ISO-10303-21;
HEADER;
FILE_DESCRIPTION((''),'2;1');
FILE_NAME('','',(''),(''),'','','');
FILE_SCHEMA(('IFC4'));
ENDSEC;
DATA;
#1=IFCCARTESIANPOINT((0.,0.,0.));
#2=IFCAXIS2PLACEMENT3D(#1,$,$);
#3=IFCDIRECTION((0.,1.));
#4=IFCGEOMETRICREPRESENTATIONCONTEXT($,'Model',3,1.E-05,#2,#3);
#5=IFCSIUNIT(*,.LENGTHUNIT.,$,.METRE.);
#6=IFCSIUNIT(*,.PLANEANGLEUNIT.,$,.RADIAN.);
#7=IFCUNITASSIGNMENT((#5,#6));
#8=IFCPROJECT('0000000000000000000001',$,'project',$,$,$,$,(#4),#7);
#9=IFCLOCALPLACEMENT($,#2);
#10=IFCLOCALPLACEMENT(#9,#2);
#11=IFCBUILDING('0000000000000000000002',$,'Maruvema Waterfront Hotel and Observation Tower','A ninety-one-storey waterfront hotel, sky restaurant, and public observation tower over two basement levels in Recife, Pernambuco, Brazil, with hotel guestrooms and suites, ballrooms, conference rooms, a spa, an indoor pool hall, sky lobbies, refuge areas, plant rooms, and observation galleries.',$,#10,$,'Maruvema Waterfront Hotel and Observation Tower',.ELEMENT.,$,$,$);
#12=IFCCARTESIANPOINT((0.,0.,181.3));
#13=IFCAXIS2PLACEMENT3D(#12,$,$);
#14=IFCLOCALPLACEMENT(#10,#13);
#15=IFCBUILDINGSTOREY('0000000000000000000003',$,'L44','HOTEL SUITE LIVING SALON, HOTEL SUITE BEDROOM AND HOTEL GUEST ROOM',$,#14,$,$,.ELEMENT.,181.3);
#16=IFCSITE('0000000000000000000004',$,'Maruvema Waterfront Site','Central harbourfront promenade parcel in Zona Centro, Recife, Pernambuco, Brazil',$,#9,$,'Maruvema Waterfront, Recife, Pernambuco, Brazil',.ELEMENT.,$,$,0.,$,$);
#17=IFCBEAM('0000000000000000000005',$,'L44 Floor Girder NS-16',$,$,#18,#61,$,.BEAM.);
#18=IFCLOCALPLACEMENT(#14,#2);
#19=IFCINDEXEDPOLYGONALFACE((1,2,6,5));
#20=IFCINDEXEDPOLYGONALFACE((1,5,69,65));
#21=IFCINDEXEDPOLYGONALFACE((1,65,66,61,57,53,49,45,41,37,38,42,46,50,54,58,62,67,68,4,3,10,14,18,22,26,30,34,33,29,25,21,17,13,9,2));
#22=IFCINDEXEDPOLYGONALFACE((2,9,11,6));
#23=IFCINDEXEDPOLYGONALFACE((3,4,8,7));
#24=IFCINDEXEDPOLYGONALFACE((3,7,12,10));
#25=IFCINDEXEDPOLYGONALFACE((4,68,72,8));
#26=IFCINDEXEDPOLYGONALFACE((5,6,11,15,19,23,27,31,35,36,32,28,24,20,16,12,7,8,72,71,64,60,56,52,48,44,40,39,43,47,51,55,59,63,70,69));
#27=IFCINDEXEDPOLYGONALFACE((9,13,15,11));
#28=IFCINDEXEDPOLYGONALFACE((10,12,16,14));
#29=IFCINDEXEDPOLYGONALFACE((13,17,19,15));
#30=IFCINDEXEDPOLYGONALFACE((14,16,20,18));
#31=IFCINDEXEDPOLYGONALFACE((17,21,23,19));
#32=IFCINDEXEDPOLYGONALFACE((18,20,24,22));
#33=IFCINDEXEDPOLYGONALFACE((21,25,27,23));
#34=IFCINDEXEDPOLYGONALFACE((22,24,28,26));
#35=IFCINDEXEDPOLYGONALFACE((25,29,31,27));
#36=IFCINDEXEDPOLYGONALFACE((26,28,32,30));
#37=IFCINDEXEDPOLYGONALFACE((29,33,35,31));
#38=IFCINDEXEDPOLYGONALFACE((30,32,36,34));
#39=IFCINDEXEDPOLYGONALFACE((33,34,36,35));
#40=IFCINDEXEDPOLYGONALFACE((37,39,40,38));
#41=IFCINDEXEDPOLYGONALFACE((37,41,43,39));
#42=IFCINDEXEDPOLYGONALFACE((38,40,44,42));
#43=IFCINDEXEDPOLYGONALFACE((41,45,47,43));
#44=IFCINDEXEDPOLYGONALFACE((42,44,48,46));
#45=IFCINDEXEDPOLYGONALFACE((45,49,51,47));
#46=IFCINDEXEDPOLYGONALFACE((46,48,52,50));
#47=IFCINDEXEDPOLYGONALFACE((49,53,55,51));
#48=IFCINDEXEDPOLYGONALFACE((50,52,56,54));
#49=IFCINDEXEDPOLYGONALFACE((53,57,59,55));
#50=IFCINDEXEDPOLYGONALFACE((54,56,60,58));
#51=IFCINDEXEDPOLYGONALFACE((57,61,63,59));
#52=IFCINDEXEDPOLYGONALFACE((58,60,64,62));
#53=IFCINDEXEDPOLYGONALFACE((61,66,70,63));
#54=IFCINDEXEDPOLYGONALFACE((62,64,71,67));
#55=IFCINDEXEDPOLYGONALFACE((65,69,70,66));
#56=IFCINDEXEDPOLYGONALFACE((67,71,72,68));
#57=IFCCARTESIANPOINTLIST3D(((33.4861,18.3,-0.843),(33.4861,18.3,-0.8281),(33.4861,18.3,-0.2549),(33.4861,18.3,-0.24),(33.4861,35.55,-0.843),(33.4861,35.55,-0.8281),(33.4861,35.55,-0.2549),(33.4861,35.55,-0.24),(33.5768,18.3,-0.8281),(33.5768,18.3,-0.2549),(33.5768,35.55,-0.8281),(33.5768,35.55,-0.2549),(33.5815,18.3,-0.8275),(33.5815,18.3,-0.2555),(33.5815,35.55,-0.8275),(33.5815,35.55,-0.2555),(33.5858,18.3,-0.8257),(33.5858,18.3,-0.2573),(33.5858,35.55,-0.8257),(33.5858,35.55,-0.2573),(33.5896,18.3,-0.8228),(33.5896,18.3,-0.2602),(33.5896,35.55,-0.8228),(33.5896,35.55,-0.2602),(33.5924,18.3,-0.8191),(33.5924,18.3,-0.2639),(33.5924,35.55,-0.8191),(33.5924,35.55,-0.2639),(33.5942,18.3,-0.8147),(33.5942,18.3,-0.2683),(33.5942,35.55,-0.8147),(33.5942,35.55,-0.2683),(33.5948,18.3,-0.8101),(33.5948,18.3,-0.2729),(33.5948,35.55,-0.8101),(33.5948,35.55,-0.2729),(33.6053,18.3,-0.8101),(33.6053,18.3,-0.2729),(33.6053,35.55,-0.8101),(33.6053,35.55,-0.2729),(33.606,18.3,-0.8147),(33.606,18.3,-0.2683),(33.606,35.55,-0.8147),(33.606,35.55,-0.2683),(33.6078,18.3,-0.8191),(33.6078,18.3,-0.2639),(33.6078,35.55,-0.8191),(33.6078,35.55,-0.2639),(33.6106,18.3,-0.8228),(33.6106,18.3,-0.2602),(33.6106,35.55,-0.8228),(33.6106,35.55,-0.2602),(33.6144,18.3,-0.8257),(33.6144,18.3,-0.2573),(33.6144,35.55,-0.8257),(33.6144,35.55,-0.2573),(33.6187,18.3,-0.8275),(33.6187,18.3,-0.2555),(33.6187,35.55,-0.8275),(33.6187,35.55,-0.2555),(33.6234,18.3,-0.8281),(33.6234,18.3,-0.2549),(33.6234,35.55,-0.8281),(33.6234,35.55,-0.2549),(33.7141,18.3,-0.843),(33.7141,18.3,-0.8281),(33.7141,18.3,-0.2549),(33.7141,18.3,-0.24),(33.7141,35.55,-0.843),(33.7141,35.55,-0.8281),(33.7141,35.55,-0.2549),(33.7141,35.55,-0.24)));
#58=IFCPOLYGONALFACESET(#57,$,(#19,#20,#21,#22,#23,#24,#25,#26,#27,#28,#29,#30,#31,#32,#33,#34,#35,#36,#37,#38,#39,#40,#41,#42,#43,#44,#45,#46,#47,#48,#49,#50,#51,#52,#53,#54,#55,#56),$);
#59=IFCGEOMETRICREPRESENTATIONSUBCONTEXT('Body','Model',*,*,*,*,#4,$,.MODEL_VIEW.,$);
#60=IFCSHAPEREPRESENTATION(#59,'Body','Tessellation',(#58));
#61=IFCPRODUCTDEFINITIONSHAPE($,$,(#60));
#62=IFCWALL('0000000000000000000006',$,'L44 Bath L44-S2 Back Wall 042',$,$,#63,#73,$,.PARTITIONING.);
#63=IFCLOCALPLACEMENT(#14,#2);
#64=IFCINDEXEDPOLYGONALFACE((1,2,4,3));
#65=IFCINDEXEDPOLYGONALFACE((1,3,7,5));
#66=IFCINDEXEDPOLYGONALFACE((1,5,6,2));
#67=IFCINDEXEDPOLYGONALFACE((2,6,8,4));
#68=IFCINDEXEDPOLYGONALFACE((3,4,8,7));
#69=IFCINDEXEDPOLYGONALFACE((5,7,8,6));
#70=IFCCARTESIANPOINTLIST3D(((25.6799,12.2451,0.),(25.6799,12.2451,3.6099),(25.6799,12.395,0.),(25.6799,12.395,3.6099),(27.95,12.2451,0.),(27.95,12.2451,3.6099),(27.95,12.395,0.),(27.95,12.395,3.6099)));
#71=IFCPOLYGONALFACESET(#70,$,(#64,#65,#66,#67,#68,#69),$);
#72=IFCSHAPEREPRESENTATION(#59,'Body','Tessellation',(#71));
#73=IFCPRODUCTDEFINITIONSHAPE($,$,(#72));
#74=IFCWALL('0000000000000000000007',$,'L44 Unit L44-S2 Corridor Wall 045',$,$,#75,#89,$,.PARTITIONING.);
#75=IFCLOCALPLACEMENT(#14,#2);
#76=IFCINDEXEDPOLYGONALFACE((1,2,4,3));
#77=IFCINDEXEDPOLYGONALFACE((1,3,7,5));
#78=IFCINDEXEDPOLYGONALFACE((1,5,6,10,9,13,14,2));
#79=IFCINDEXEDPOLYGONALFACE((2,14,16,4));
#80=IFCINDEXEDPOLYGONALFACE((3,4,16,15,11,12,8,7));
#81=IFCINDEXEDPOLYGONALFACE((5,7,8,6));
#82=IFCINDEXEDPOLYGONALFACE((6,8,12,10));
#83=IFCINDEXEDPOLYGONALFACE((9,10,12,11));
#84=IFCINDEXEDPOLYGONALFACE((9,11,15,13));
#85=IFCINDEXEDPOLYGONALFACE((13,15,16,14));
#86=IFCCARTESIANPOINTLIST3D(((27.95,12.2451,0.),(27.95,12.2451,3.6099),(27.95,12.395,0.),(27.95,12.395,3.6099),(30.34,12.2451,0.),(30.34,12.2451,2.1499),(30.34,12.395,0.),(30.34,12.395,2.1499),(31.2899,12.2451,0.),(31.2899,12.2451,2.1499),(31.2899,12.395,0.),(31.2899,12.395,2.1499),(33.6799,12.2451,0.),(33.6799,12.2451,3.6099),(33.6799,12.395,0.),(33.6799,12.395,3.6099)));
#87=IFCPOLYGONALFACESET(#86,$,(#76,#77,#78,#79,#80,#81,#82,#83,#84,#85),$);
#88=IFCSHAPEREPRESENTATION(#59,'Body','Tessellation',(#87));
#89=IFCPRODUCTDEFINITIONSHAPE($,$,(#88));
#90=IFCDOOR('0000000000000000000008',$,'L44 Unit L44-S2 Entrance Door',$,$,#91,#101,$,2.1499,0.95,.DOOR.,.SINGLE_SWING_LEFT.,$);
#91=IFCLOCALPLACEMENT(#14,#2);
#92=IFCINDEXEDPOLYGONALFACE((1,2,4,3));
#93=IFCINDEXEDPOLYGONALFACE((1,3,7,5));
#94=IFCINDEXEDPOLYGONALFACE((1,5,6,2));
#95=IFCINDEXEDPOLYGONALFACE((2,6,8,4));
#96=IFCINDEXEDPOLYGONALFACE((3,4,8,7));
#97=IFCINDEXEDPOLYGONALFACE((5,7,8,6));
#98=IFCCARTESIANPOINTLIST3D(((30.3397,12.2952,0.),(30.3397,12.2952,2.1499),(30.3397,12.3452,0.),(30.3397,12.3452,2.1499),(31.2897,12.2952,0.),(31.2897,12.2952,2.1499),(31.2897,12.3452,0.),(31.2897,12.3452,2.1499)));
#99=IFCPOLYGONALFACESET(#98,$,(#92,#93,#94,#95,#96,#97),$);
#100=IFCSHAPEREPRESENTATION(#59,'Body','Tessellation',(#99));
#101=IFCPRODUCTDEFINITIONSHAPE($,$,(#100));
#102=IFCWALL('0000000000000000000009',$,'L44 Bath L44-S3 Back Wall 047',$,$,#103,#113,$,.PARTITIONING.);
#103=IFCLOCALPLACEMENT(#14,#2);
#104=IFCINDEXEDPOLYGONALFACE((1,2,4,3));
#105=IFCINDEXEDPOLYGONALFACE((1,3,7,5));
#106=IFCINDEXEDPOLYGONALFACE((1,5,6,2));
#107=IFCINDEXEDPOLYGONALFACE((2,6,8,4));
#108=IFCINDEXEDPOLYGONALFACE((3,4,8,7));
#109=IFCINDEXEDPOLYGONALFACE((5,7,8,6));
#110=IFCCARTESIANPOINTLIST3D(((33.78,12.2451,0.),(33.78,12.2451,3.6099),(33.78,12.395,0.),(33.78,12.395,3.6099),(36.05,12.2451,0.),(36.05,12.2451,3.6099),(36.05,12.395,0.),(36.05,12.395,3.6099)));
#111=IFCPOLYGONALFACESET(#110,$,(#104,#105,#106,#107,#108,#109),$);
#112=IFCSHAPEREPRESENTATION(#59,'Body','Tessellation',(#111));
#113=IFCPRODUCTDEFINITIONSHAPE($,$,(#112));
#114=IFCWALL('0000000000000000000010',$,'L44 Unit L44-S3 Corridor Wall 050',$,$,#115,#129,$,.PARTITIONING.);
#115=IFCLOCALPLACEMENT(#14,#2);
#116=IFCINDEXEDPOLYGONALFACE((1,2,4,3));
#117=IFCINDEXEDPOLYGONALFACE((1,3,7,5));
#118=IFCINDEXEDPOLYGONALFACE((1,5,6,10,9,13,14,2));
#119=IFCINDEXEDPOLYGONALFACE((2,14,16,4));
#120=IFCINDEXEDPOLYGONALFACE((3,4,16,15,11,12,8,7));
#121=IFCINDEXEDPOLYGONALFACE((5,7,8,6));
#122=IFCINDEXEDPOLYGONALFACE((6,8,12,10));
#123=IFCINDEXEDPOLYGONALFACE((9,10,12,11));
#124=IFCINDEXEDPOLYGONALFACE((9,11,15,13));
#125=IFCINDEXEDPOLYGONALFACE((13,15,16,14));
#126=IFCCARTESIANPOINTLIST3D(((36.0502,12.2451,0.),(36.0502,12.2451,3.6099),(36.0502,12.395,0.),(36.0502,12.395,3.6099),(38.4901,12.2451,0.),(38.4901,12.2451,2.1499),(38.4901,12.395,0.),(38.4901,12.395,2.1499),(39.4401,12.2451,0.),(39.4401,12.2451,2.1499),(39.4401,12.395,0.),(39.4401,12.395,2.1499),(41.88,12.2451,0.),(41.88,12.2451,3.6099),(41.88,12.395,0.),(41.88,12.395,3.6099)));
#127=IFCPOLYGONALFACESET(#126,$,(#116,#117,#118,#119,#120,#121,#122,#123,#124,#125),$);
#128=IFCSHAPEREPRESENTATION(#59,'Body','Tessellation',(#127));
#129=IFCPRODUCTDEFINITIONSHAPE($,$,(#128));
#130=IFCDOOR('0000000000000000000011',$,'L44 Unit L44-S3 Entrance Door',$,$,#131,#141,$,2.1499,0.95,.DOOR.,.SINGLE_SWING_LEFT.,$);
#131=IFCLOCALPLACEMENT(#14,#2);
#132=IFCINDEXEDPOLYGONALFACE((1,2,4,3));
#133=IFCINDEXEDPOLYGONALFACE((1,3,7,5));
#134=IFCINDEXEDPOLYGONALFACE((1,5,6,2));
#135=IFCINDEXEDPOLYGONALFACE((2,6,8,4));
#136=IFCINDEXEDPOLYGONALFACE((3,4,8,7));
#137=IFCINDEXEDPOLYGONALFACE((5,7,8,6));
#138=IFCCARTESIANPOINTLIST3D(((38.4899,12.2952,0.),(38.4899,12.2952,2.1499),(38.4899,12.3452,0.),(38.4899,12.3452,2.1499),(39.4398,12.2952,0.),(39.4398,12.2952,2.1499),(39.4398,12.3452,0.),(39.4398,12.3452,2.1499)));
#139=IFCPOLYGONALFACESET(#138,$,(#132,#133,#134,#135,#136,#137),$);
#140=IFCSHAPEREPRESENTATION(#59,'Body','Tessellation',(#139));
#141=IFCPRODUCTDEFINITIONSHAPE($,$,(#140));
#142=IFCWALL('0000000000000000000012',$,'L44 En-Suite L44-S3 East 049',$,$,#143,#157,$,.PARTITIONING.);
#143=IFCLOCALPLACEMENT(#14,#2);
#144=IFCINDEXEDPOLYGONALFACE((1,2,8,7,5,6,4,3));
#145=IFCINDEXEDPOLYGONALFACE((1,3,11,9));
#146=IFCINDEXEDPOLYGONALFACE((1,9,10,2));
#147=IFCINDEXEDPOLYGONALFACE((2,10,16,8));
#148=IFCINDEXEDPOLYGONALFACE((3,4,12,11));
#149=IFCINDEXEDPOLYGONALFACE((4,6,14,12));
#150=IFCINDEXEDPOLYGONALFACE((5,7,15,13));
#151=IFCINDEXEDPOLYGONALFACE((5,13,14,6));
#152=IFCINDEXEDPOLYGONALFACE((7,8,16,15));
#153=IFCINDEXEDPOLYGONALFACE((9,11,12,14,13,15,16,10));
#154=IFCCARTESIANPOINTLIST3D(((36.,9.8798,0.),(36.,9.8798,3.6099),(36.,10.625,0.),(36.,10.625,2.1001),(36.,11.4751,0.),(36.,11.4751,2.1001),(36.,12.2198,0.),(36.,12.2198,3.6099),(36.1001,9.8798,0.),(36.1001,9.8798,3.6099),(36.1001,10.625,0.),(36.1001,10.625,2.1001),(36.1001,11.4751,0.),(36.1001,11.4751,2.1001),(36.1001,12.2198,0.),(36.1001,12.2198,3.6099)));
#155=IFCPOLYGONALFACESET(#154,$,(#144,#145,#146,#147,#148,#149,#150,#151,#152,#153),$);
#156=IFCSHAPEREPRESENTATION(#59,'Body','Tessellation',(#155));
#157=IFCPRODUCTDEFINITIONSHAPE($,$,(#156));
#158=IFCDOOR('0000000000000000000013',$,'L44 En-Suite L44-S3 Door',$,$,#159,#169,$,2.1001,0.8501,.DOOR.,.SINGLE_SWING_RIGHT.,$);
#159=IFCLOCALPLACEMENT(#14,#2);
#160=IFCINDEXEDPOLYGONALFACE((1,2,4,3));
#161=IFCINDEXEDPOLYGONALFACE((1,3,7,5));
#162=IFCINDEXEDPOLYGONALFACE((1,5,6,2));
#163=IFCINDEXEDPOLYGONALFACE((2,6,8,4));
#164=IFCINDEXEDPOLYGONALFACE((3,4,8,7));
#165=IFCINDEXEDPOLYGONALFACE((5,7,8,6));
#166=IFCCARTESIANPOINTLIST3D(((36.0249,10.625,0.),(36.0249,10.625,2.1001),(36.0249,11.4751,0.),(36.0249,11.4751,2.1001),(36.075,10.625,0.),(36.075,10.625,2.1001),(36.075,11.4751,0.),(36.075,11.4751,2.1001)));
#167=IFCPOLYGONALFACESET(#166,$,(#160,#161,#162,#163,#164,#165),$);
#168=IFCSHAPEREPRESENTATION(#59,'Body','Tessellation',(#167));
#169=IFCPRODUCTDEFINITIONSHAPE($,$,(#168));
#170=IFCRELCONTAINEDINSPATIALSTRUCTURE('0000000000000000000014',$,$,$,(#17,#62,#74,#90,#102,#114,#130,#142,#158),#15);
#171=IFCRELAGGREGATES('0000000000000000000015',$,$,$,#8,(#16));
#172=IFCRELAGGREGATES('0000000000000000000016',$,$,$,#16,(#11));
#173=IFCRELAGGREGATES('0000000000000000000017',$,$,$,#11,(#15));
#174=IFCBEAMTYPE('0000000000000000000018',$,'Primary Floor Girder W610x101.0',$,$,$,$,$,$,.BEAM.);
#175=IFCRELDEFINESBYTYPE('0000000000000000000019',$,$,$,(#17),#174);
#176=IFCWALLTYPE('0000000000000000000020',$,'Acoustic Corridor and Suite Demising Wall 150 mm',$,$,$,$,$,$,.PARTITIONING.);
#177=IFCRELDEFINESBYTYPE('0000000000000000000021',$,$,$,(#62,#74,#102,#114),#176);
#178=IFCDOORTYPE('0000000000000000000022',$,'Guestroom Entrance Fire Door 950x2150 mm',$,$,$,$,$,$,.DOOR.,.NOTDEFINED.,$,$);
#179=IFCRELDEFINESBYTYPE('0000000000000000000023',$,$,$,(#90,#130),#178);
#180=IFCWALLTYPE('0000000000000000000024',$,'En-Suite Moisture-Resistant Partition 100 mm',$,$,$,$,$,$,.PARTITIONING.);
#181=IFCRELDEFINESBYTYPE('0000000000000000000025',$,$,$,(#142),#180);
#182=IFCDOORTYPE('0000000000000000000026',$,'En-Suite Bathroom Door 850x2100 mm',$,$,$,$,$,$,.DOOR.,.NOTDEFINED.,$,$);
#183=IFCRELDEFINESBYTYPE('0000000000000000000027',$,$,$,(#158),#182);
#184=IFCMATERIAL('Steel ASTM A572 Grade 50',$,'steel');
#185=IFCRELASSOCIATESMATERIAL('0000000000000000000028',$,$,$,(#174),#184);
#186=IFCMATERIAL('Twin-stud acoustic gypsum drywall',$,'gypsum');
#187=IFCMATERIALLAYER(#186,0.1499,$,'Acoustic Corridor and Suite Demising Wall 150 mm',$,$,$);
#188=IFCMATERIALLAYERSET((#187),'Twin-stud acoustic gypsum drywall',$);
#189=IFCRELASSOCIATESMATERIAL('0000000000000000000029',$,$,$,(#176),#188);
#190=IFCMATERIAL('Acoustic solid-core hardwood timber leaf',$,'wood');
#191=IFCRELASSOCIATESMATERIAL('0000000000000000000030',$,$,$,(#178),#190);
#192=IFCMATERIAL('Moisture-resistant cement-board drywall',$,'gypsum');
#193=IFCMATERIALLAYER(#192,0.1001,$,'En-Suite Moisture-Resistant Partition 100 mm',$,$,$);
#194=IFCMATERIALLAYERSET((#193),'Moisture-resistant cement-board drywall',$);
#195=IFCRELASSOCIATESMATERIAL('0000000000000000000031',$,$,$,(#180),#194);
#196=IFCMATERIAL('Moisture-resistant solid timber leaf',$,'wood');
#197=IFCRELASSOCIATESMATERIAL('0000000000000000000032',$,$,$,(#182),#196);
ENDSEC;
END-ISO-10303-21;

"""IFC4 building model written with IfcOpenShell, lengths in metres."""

from ifc_helpers import new_model, si_unit, direction, frame, frame_2d, origin, origin_2d, place, context, subcontext, project, spatial, rectangle, i_section, extrude, material, layer, layer_set, material_profile, profile_set, type_object, element, fill, save


model = new_model("IFC4")

# Units and contexts
model_context = context("Model", 3, precision=1e-05, world=origin(), true_north=direction((0.0, 1.0)))
body_context = subcontext(model_context, "Body", "Model", "MODEL_VIEW")
ifc_project = project(units=[si_unit("LENGTHUNIT", "METRE"), si_unit("PLANEANGLEUNIT", "RADIAN")], contexts=[model_context])

# Site, building, storey
site_placement = place(None, origin())
site = spatial("IfcSite", under=ifc_project, at=site_placement, Name="Maruvema Waterfront Site", Description="Central harbourfront promenade parcel in Zona Centro, Recife, Pernambuco, Brazil", LongName="Maruvema Waterfront, Recife, Pernambuco, Brazil", CompositionType="ELEMENT", RefElevation=0.0)
building_placement = place(site_placement, origin())
building = spatial("IfcBuilding", under=site, at=building_placement, Name="Maruvema Waterfront Hotel and Observation Tower", Description="A ninety-one-storey waterfront hotel, sky restaurant, and public observation tower over two basement levels in Recife, Pernambuco, Brazil, with hotel guestrooms and suites, ballrooms, conference rooms, a spa, an indoor pool hall, sky lobbies, refuge areas, plant rooms, and observation galleries.", LongName="Maruvema Waterfront Hotel and Observation Tower", CompositionType="ELEMENT")
storey_placement = place(building_placement, frame((0.0, 0.0, 181.3)))
storey = spatial("IfcBuildingStorey", under=building, at=storey_placement, Name="L44", Description="HOTEL SUITE LIVING SALON, HOTEL SUITE BEDROOM AND HOTEL GUEST ROOM", CompositionType="ELEMENT", Elevation=181.3)

# Beam
ifc_material_1 = material(Name="Steel ASTM A572 Grade 50", Category="steel")
ifc_material_profile_1 = material_profile(ifc_material_1, i_section(OverallWidth=0.228, OverallDepth=0.603, WebThickness=0.0105, FlangeThickness=0.0149, FilletRadius=0.0181, at=origin_2d()), Name="W610x101.0")
ifc_profile_set_1 = profile_set([ifc_material_profile_1], Name="Steel ASTM A572 Grade 50")
beam_type = type_object("IfcBeamType", Name="Primary Floor Girder W610x101.0", PredefinedType="BEAM", material=ifc_profile_set_1)
beam_1_placement = place(storey_placement, frame((33.6001, 18.3, -0.5415), z_axis=(0.0, 1.0, 0.0), x_axis=(-1.0, 0.0, 0.0)))
element("IfcBeam", 1, at=beam_1_placement, inside=storey, type_object=beam_type, Name="L44 Floor Girder NS-16", PredefinedType="BEAM", context=body_context, shape_type="SweptSolid", body=[
    extrude(i_section(OverallWidth=0.228, OverallDepth=0.603, WebThickness=0.0105, FlangeThickness=0.0149, FilletRadius=0.0181, at=origin_2d()), origin(), (0.0, 0.0, 1.0), 17.25),
])

# Wall
ifc_material_2 = material(Name="Twin-stud acoustic gypsum drywall", Category="gypsum")
ifc_layer_1 = layer(ifc_material_2, 0.1499, Name="Acoustic Corridor and Suite Demising Wall 150 mm")
ifc_layer_set_1 = layer_set([ifc_layer_1], Name="Twin-stud acoustic gypsum drywall")
wall_type_1 = type_object("IfcWallType", Name="Acoustic Corridor and Suite Demising Wall 150 mm", PredefinedType="PARTITIONING", material=ifc_layer_set_1)
wall_1_placement = place(storey_placement, frame((25.6799, 12.3201, 0.0), z_axis=(0.0, 0.0, 1.0), x_axis=(1.0, 0.0, 0.0)))
element("IfcWall", 2, at=wall_1_placement, inside=storey, type_object=wall_type_1, Name="L44 Bath L44-S2 Back Wall 042", PredefinedType="PARTITIONING", context=body_context, shape_type="SweptSolid", body=[
    extrude(rectangle(XDim=2.27, YDim=0.1499, at=frame_2d((1.135, 0.0))), origin(), (0.0, 0.0, 1.0), 3.6099),
])

# Wall, opening, door
wall_2_placement = place(storey_placement, frame((27.95, 12.3201, 0.0), z_axis=(0.0, 0.0, 1.0), x_axis=(1.0, 0.0, 0.0)))
wall_2 = element("IfcWall", 3, at=wall_2_placement, inside=storey, type_object=wall_type_1, Name="L44 Unit L44-S2 Corridor Wall 045", PredefinedType="PARTITIONING", context=body_context, shape_type="SweptSolid", body=[
    extrude(rectangle(XDim=5.73, YDim=0.1499, at=frame_2d((2.865, 0.0))), origin(), (0.0, 0.0, 1.0), 3.6099),
])
opening_1_placement = place(wall_2_placement, frame((2.3899, 0.0, 0.0)))
opening_1 = element("IfcOpeningElement", 4, at=opening_1_placement, cuts=wall_2, PredefinedType="OPENING", context=body_context, shape_type="SweptSolid", body=[
    extrude(rectangle(XDim=0.95, YDim=2.1499, at=frame_2d((0.4751, 1.075))), frame((0.0, 0.085, 0.0), z_axis=(0.0, -1.0, 0.0), x_axis=(1.0, 0.0, 0.0)), (0.0, 0.0, 1.0), 0.1699),
])
ifc_material_3 = material(Name="Acoustic solid-core hardwood timber leaf", Category="wood")
door_type_1 = type_object("IfcDoorType", Name="Guestroom Entrance Fire Door 950x2150 mm", OperationType="NOTDEFINED", PredefinedType="DOOR", material=ifc_material_3)
door_1_placement = place(opening_1_placement, frame((0.95, 0.0, 0.0), z_axis=(0.0, 0.0, 1.0), x_axis=(-1.0, 0.0, 0.0)))
door_1 = element("IfcDoor", 5, at=door_1_placement, inside=storey, type_object=door_type_1, Name="L44 Unit L44-S2 Entrance Door", OperationType="SINGLE_SWING_LEFT", OverallHeight=2.1499, OverallWidth=0.95, PredefinedType="DOOR", context=body_context, shape_type="SweptSolid", body=[
    extrude(rectangle(XDim=0.95, YDim=2.1499, at=frame_2d((0.4751, 1.075))), frame((0.0, 0.0249, 0.0), z_axis=(0.0, -1.0, 0.0), x_axis=(1.0, 0.0, 0.0)), (0.0, 0.0, 1.0), 0.05),
])
fill(opening_1, door_1)

# Wall
wall_3_placement = place(storey_placement, frame((33.78, 12.3201, 0.0), z_axis=(0.0, 0.0, 1.0), x_axis=(1.0, 0.0, 0.0)))
element("IfcWall", 6, at=wall_3_placement, inside=storey, type_object=wall_type_1, Name="L44 Bath L44-S3 Back Wall 047", PredefinedType="PARTITIONING", context=body_context, shape_type="SweptSolid", body=[
    extrude(rectangle(XDim=2.27, YDim=0.1499, at=frame_2d((1.135, 0.0))), origin(), (0.0, 0.0, 1.0), 3.6099),
])

# Walls, openings, doors
wall_4_placement = place(storey_placement, frame((36.05, 12.3201, 0.0), z_axis=(0.0, 0.0, 1.0), x_axis=(1.0, 0.0, 0.0)))
wall_4 = element("IfcWall", 7, at=wall_4_placement, inside=storey, type_object=wall_type_1, Name="L44 Unit L44-S3 Corridor Wall 050", PredefinedType="PARTITIONING", context=body_context, shape_type="SweptSolid", body=[
    extrude(rectangle(XDim=5.8298, YDim=0.1499, at=frame_2d((2.915, 0.0))), origin(), (0.0, 0.0, 1.0), 3.6099),
])
opening_2_placement = place(wall_4_placement, frame((2.4399, 0.0, 0.0)))
opening_2 = element("IfcOpeningElement", 8, at=opening_2_placement, cuts=wall_4, PredefinedType="OPENING", context=body_context, shape_type="SweptSolid", body=[
    extrude(rectangle(XDim=0.95, YDim=2.1499, at=frame_2d((0.4751, 1.075))), frame((0.0, 0.085, 0.0), z_axis=(0.0, -1.0, 0.0), x_axis=(1.0, 0.0, 0.0)), (0.0, 0.0, 1.0), 0.1699),
])
door_2_placement = place(opening_2_placement, frame((0.95, 0.0, 0.0), z_axis=(0.0, 0.0, 1.0), x_axis=(-1.0, 0.0, 0.0)))
door_2 = element("IfcDoor", 9, at=door_2_placement, inside=storey, type_object=door_type_1, Name="L44 Unit L44-S3 Entrance Door", OperationType="SINGLE_SWING_LEFT", OverallHeight=2.1499, OverallWidth=0.95, PredefinedType="DOOR", context=body_context, shape_type="SweptSolid", body=[
    extrude(rectangle(XDim=0.95, YDim=2.1499, at=frame_2d((0.4751, 1.075))), frame((0.0, 0.0249, 0.0), z_axis=(0.0, -1.0, 0.0), x_axis=(1.0, 0.0, 0.0)), (0.0, 0.0, 1.0), 0.05),
])
fill(opening_2, door_2)
ifc_material_4 = material(Name="Moisture-resistant cement-board drywall", Category="gypsum")
ifc_layer_2 = layer(ifc_material_4, 0.1001, Name="En-Suite Moisture-Resistant Partition 100 mm")
ifc_layer_set_2 = layer_set([ifc_layer_2], Name="Moisture-resistant cement-board drywall")
wall_type_2 = type_object("IfcWallType", Name="En-Suite Moisture-Resistant Partition 100 mm", PredefinedType="PARTITIONING", material=ifc_layer_set_2)
wall_5_placement = place(storey_placement, frame((36.05, 9.8799, 0.0), z_axis=(0.0, 0.0, 1.0), x_axis=(0.0, 1.0, 0.0)))
wall_5 = element("IfcWall", 10, at=wall_5_placement, inside=storey, type_object=wall_type_2, Name="L44 En-Suite L44-S3 East 049", PredefinedType="PARTITIONING", context=body_context, shape_type="SweptSolid", body=[
    extrude(rectangle(XDim=2.3401, YDim=0.1001, at=frame_2d((1.1699, 0.0))), origin(), (0.0, 0.0, 1.0), 3.6099),
])
opening_3_placement = place(wall_5_placement, frame((0.7451, 0.0, 0.0)))
opening_3 = element("IfcOpeningElement", 11, at=opening_3_placement, cuts=wall_5, PredefinedType="OPENING", context=body_context, shape_type="SweptSolid", body=[
    extrude(rectangle(XDim=0.8501, YDim=2.1001, at=frame_2d((0.425, 1.05))), frame((0.0, 0.0601, 0.0), z_axis=(0.0, -1.0, 0.0), x_axis=(1.0, 0.0, 0.0)), (0.0, 0.0, 1.0), 0.1201),
])
ifc_material_5 = material(Name="Moisture-resistant solid timber leaf", Category="wood")
door_type_2 = type_object("IfcDoorType", Name="En-Suite Bathroom Door 850x2100 mm", OperationType="NOTDEFINED", PredefinedType="DOOR", material=ifc_material_5)
door_3_placement = place(opening_3_placement, frame((0.8501, 0.0, 0.0), z_axis=(0.0, 0.0, 1.0), x_axis=(-1.0, 0.0, 0.0)))
door_3 = element("IfcDoor", 12, at=door_3_placement, inside=storey, type_object=door_type_2, Name="L44 En-Suite L44-S3 Door", OperationType="SINGLE_SWING_RIGHT", OverallHeight=2.1001, OverallWidth=0.8501, PredefinedType="DOOR", context=body_context, shape_type="SweptSolid", body=[
    extrude(rectangle(XDim=0.8501, YDim=2.1001, at=frame_2d((0.425, 1.05))), frame((0.0, 0.0249, 0.0), z_axis=(0.0, -1.0, 0.0), x_axis=(1.0, 0.0, 0.0)), (0.0, 0.0, 1.0), 0.05),
])
fill(opening_3, door_3)

save(model, "model.ifc")
